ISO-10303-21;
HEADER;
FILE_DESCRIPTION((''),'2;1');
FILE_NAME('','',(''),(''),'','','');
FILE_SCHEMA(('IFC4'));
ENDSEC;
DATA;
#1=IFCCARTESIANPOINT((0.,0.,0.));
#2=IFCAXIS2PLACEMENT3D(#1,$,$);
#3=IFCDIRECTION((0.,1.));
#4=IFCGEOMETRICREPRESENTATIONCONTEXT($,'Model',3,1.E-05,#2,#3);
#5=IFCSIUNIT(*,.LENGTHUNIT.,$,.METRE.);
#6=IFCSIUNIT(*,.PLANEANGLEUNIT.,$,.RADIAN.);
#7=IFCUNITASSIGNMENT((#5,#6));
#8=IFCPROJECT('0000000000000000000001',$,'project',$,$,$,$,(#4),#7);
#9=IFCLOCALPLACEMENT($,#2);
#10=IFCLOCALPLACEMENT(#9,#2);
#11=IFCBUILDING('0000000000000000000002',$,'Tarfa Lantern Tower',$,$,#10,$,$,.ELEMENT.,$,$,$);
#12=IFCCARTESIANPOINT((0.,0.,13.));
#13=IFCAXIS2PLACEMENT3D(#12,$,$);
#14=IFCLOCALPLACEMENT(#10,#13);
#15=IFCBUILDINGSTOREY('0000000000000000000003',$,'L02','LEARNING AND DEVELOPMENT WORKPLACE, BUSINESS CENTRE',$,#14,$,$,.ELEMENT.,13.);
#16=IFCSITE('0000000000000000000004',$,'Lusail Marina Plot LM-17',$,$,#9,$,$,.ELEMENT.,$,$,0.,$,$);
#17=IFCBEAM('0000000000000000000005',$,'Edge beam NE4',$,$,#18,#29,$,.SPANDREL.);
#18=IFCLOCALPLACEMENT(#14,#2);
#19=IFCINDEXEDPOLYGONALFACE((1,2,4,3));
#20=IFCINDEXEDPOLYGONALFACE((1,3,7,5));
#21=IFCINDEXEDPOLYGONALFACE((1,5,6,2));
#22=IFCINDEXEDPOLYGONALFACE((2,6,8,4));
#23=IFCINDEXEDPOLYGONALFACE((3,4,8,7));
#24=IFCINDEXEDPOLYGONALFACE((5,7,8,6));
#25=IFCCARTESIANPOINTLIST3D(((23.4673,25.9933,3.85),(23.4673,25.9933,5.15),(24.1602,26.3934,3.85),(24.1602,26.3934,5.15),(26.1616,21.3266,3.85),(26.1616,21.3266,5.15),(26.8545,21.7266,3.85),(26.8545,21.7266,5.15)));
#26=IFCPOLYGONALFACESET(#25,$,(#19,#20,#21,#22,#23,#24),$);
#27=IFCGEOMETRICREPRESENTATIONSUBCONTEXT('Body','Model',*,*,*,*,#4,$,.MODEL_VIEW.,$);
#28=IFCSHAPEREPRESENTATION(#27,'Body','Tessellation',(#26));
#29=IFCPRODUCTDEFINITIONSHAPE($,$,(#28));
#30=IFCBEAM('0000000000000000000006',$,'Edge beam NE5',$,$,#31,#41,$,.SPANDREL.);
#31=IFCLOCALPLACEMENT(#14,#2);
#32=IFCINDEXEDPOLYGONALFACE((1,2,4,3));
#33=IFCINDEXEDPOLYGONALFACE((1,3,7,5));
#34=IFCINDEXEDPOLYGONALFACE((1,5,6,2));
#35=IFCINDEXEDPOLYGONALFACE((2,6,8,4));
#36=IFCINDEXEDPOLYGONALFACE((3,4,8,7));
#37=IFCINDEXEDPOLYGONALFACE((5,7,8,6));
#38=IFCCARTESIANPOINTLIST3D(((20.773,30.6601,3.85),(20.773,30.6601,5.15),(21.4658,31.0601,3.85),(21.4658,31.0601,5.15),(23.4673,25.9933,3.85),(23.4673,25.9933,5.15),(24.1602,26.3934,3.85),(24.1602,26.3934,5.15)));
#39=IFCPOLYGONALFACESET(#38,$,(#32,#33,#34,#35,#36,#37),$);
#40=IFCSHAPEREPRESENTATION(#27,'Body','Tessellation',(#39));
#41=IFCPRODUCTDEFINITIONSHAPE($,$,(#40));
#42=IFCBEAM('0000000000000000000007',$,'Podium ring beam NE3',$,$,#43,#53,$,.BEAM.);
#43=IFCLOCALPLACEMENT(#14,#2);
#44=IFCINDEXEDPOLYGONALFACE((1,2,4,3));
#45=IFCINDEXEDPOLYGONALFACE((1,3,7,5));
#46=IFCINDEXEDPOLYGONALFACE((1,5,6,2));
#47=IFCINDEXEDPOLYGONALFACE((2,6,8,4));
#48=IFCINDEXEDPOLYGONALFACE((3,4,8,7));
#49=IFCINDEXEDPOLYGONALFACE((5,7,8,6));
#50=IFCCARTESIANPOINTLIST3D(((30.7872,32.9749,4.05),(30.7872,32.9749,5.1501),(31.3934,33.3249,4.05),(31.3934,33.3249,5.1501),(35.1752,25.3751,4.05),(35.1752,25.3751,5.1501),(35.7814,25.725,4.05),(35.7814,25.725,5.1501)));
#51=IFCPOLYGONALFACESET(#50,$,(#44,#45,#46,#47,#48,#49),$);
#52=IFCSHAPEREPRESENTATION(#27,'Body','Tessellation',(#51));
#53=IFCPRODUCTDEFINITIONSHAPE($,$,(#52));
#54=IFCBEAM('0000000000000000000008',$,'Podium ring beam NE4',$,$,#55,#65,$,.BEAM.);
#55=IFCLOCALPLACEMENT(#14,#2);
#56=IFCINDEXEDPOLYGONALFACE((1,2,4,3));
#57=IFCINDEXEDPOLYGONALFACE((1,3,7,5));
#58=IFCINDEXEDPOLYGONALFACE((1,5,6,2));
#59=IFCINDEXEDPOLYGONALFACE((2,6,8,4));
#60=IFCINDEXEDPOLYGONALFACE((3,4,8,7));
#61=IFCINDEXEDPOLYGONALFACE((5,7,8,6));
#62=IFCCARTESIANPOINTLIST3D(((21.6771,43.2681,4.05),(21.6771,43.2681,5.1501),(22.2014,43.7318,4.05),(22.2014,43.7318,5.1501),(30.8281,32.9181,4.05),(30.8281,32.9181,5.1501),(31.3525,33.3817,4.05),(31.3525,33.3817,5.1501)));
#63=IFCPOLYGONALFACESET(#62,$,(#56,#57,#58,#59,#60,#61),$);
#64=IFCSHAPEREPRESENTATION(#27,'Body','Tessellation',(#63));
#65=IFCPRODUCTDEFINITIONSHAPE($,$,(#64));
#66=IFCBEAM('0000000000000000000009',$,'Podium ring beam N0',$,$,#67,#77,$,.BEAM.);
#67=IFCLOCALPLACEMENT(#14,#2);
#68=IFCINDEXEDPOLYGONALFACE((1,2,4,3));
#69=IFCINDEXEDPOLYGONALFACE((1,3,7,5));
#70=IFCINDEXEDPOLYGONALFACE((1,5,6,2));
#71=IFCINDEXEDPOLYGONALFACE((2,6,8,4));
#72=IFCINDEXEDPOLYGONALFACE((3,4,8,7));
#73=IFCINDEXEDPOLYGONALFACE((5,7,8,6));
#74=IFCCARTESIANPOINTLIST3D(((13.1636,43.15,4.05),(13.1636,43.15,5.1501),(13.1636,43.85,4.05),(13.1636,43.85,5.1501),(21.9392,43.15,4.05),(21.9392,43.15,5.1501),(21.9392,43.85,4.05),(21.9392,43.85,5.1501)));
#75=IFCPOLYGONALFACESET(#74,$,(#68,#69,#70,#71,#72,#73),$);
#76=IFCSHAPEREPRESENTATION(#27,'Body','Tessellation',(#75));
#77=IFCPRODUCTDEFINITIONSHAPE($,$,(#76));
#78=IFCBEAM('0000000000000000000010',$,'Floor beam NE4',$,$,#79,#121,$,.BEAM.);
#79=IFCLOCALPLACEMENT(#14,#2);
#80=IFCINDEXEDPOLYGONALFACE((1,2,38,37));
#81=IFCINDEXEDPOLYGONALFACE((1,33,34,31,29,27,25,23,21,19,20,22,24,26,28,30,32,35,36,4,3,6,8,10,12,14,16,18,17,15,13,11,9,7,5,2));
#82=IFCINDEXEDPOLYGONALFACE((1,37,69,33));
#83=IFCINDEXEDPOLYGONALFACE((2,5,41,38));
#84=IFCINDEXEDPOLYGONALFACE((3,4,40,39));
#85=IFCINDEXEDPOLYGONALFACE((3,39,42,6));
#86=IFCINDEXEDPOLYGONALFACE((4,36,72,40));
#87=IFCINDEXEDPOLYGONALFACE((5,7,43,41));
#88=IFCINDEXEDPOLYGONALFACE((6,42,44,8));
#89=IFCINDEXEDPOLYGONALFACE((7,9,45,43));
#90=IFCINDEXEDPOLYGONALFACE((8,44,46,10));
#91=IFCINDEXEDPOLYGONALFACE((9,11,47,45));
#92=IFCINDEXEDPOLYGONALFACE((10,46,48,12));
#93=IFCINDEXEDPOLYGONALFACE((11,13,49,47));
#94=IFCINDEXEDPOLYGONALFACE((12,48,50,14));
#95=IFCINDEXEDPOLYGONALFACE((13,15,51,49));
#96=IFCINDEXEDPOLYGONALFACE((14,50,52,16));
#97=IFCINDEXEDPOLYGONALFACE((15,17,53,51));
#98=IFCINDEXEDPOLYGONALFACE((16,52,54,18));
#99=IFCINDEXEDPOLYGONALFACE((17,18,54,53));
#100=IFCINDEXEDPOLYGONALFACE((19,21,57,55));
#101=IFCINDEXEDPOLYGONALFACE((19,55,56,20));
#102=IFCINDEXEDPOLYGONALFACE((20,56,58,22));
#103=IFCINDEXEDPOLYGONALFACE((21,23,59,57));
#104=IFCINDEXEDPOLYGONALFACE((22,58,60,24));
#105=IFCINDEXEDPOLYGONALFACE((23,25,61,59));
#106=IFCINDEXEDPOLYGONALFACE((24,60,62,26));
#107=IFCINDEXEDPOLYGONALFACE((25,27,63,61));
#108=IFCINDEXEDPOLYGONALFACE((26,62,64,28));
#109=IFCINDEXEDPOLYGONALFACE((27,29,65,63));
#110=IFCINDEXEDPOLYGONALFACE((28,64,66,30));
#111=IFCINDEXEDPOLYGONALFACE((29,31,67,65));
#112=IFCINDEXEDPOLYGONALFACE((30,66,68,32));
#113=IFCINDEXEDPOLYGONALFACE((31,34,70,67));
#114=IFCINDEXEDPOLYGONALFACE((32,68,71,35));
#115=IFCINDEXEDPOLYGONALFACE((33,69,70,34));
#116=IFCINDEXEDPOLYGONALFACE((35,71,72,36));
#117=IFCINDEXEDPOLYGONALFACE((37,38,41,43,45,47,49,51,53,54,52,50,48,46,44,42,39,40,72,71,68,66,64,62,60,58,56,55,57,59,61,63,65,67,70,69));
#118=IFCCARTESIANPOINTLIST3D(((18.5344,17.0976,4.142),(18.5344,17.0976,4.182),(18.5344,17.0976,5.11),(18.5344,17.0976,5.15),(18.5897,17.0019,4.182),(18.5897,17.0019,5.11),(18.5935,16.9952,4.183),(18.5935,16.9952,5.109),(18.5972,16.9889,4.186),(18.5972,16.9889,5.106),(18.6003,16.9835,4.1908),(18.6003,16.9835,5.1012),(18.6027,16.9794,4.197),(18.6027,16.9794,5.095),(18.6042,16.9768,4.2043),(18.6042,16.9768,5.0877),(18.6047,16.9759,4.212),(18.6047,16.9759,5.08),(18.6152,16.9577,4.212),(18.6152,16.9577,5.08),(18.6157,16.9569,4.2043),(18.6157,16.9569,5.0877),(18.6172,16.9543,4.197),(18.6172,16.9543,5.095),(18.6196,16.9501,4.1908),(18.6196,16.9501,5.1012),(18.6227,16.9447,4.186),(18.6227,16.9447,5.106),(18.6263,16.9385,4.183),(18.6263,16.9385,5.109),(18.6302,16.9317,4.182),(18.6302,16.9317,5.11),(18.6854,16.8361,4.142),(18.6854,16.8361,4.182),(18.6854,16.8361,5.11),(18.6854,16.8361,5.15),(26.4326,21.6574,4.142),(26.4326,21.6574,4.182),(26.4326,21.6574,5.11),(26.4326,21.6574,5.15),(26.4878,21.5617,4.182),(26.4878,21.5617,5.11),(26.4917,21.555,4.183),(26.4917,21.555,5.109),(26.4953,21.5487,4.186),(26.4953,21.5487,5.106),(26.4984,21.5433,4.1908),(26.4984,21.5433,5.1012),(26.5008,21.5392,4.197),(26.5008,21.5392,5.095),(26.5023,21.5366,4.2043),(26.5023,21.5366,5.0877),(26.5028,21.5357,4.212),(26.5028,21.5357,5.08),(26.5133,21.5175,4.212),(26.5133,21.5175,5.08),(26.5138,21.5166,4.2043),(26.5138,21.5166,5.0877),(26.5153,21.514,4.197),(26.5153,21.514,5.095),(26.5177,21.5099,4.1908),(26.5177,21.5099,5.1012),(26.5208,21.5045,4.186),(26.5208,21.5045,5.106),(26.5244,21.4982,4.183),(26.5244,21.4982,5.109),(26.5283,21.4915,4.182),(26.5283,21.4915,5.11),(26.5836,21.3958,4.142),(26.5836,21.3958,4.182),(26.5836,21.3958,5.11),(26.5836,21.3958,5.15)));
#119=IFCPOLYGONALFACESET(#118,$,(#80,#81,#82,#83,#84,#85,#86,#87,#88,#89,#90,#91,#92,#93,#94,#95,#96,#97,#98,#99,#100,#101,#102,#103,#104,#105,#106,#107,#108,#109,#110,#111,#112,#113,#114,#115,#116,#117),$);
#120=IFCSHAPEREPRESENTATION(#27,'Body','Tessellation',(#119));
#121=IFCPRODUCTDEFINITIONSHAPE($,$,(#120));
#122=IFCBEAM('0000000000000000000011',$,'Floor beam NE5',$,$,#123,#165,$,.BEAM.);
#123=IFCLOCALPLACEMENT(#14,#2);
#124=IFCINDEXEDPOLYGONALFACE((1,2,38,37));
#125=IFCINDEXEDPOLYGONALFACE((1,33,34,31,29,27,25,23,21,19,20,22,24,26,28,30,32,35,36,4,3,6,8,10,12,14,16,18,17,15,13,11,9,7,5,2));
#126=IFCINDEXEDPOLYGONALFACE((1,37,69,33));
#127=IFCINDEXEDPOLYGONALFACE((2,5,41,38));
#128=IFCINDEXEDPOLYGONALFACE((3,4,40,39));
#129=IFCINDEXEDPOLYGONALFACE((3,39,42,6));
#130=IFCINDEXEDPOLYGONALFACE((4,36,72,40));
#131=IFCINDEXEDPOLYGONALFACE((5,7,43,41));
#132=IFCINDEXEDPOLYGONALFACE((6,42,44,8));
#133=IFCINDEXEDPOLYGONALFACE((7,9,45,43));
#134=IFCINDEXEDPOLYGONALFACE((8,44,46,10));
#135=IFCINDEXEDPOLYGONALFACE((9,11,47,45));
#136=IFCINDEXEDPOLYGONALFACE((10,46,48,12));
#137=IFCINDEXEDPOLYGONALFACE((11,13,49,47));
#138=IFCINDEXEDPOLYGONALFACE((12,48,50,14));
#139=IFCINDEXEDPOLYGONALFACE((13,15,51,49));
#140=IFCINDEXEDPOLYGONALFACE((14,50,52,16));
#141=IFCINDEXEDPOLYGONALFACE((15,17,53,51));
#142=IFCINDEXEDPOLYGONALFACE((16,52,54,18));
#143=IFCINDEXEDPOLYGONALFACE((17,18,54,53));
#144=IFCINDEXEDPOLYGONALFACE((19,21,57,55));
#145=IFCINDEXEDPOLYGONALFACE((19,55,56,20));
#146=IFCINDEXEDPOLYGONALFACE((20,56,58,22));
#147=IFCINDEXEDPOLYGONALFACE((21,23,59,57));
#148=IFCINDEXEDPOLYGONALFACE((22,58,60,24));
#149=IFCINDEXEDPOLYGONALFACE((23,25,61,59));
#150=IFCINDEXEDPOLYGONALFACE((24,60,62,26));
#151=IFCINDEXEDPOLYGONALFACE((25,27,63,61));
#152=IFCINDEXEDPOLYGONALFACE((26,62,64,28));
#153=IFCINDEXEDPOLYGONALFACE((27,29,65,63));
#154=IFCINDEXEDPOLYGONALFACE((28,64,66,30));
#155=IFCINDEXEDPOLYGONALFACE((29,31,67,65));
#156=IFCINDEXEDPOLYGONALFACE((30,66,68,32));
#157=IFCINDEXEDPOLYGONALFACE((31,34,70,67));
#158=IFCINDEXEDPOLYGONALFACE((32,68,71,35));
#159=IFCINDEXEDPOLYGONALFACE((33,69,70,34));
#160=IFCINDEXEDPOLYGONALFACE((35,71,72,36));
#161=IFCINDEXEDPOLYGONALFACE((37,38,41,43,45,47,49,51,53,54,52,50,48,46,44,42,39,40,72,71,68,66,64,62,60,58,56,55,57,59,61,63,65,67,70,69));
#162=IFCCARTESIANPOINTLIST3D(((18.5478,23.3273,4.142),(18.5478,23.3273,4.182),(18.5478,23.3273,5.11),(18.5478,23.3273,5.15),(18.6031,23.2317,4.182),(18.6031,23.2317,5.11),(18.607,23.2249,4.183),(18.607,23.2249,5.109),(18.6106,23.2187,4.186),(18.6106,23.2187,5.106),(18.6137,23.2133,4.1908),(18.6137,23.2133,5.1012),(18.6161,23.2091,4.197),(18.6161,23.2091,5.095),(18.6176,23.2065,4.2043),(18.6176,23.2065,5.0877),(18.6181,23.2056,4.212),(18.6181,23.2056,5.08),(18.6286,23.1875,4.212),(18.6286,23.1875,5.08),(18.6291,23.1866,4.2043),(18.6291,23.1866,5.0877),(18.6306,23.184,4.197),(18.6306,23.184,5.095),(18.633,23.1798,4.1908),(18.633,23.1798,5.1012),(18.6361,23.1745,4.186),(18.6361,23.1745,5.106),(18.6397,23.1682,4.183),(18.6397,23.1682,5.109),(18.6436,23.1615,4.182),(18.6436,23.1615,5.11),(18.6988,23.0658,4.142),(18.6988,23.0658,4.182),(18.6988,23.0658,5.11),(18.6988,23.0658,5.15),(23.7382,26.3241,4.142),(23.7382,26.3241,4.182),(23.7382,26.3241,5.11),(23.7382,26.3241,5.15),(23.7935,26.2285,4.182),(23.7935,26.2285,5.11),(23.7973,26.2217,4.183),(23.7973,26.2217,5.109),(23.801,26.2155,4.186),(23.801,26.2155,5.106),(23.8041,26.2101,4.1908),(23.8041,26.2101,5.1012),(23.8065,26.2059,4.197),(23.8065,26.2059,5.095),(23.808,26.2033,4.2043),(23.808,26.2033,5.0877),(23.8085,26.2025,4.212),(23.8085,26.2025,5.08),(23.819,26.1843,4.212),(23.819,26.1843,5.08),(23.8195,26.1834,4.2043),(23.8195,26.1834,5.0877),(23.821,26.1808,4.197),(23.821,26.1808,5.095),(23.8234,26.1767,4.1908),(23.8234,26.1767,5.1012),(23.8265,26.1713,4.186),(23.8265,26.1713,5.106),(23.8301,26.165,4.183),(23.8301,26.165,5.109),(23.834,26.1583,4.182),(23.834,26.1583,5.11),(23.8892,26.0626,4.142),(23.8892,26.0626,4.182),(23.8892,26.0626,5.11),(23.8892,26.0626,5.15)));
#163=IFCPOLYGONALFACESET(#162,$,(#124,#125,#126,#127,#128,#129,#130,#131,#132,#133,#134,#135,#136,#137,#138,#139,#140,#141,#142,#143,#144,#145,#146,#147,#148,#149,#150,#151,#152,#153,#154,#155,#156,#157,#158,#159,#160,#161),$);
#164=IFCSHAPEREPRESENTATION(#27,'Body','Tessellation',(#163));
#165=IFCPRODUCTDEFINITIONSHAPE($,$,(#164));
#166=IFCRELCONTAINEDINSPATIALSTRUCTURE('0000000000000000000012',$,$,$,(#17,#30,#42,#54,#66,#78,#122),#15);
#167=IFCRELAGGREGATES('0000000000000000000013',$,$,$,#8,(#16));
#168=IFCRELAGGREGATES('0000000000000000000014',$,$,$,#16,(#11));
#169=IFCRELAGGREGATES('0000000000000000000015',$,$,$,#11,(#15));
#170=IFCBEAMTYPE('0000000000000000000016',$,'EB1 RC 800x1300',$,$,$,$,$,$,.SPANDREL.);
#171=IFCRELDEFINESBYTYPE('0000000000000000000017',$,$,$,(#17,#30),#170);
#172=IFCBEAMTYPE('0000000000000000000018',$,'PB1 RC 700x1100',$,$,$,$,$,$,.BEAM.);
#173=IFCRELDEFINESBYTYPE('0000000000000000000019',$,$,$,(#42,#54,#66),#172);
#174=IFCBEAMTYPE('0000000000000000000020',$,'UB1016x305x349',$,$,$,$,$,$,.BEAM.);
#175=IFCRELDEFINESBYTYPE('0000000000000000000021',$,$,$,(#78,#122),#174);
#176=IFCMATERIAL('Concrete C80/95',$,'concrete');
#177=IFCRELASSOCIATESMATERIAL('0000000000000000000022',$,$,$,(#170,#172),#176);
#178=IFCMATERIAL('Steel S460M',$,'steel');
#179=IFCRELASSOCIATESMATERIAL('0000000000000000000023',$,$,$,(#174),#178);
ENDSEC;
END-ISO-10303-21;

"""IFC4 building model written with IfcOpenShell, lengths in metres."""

from ifc_helpers import new_model, si_unit, direction, frame, origin, origin_2d, place, context, subcontext, project, spatial, rectangle, i_section, extrude, material, material_profile, profile_set, type_object, element, save


model = new_model("IFC4")

# Units and contexts
model_context = context("Model", 3, precision=1e-05, world=origin(), true_north=direction((0.0, 1.0)))
body_context = subcontext(model_context, "Body", "Model", "MODEL_VIEW")
ifc_project = project(units=[si_unit("LENGTHUNIT", "METRE"), si_unit("PLANEANGLEUNIT", "RADIAN")], contexts=[model_context])

# Site, building, storey
site_placement = place(None, origin())
site = spatial("IfcSite", under=ifc_project, at=site_placement, Name="Lusail Marina Plot LM-17", CompositionType="ELEMENT", RefElevation=0.0)
building_placement = place(site_placement, origin())
building = spatial("IfcBuilding", under=site, at=building_placement, Name="Tarfa Lantern Tower", CompositionType="ELEMENT")
storey_placement = place(building_placement, frame((0.0, 0.0, 13.0)))
storey = spatial("IfcBuildingStorey", under=building, at=storey_placement, Name="L02", Description="LEARNING AND DEVELOPMENT WORKPLACE, BUSINESS CENTRE", CompositionType="ELEMENT", Elevation=13.0)

# Shared definitions
ifc_material_1 = material(Name="Concrete C80/95", Category="concrete")

# Beams
ifc_material_profile_1 = material_profile(ifc_material_1, rectangle(XDim=0.8, YDim=1.3, at=origin_2d()), Name="RC 800x1300")
ifc_profile_set_1 = profile_set([ifc_material_profile_1], Name="Concrete C80/95")
beam_type_1 = type_object("IfcBeamType", Name="EB1 RC 800x1300", PredefinedType="SPANDREL", material=ifc_profile_set_1)
for number, where, z_axis, x_axis, name in (
    (1, (26.5081, 21.5266, 4.5), (-0.499998, 0.866026, 0.0), (-0.866026, -0.499998, 0.0), "Edge beam NE4"),
    (2, (23.8137, 26.1934, 4.5), (-0.499998, 0.866026, 0.0), (-0.866026, -0.499998, 0.0), "Edge beam NE5"),
):
    element("IfcBeam", number, at=place(storey_placement, frame(where, z_axis=z_axis, x_axis=x_axis)), inside=storey, type_object=beam_type_1, Name=name, PredefinedType="SPANDREL", context=body_context, shape_type="SweptSolid", body=[
        extrude(rectangle(XDim=0.8, YDim=1.3, at=origin_2d()), origin(), (0.0, 0.0, 1.0), 5.3887),
    ])
ifc_material_profile_2 = material_profile(ifc_material_1, rectangle(XDim=0.7, YDim=1.1001, at=origin_2d()), Name="RC 700x1100")
ifc_profile_set_2 = profile_set([ifc_material_profile_2], Name="Concrete C80/95")
beam_type_2 = type_object("IfcBeamType", Name="PB1 RC 700x1100", PredefinedType="BEAM", material=ifc_profile_set_2)
beam_1_placement = place(storey_placement, frame((35.4783, 25.55, 4.6001), z_axis=(-0.500014, 0.866017, 0.0), x_axis=(-0.866017, -0.500014, 0.0)))
element("IfcBeam", 3, at=beam_1_placement, inside=storey, type_object=beam_type_2, Name="Podium ring beam NE3", PredefinedType="BEAM", context=body_context, shape_type="SweptSolid", body=[
    extrude(rectangle(XDim=0.7, YDim=1.1001, at=origin_2d()), origin(), (0.0, 0.0, 1.0), 8.7756),
])
beam_2_placement = place(storey_placement, frame((31.0903, 33.1499, 4.6001), z_axis=(-0.662382, 0.749167, 0.0), x_axis=(-0.749167, -0.662382, 0.0)))
element("IfcBeam", 4, at=beam_2_placement, inside=storey, type_object=beam_type_2, Name="Podium ring beam NE4", PredefinedType="BEAM", context=body_context, shape_type="SweptSolid", body=[
    extrude(rectangle(XDim=0.7, YDim=1.1001, at=origin_2d()), origin(), (0.0, 0.0, 1.0), 13.8154),
])
beam_3_placement = place(storey_placement, frame((21.9392, 43.5, 4.6001), z_axis=(-1.0, 0.0, 0.0), x_axis=(0.0, -1.0, 0.0)))
element("IfcBeam", 5, at=beam_3_placement, inside=storey, type_object=beam_type_2, Name="Podium ring beam N0", PredefinedType="BEAM", context=body_context, shape_type="SweptSolid", body=[
    extrude(rectangle(XDim=0.7, YDim=1.1001, at=origin_2d()), origin(), (0.0, 0.0, 1.0), 8.7756),
])
ifc_material_2 = material(Name="Steel S460M", Category="steel")
ifc_material_profile_3 = material_profile(ifc_material_2, i_section(OverallWidth=0.302, OverallDepth=1.0081, WebThickness=0.021, FlangeThickness=0.04, FilletRadius=0.03, at=origin_2d()), Name="UB1016x305x349")
ifc_profile_set_3 = profile_set([ifc_material_profile_3], Name="Steel S460M")
beam_type_3 = type_object("IfcBeamType", Name="UB1016x305x349", PredefinedType="BEAM", material=ifc_profile_set_3)
beam_4_placement = place(storey_placement, frame((26.5081, 21.5266, 4.646), z_axis=(-0.866035, -0.499983, 0.0), x_axis=(0.499983, -0.866035, 0.0)))
element("IfcBeam", 6, at=beam_4_placement, inside=storey, type_object=beam_type_3, Name="Floor beam NE4", PredefinedType="BEAM", context=body_context, shape_type="SweptSolid", body=[
    extrude(i_section(OverallWidth=0.302, OverallDepth=1.0081, WebThickness=0.021, FlangeThickness=0.04, FilletRadius=0.03, at=origin_2d()), origin(), (0.0, 0.0, 1.0), 9.1199),
])
beam_5_placement = place(storey_placement, frame((23.8137, 26.1934, 4.646), z_axis=(-0.866016, -0.500016, 0.0), x_axis=(0.500016, -0.866016, 0.0)))
element("IfcBeam", 7, at=beam_5_placement, inside=storey, type_object=beam_type_3, Name="Floor beam NE5", PredefinedType="BEAM", context=body_context, shape_type="SweptSolid", body=[
    extrude(i_section(OverallWidth=0.302, OverallDepth=1.0081, WebThickness=0.021, FlangeThickness=0.04, FilletRadius=0.03, at=origin_2d()), origin(), (0.0, 0.0, 1.0), 5.9934),
])

save(model, "model.ifc")
